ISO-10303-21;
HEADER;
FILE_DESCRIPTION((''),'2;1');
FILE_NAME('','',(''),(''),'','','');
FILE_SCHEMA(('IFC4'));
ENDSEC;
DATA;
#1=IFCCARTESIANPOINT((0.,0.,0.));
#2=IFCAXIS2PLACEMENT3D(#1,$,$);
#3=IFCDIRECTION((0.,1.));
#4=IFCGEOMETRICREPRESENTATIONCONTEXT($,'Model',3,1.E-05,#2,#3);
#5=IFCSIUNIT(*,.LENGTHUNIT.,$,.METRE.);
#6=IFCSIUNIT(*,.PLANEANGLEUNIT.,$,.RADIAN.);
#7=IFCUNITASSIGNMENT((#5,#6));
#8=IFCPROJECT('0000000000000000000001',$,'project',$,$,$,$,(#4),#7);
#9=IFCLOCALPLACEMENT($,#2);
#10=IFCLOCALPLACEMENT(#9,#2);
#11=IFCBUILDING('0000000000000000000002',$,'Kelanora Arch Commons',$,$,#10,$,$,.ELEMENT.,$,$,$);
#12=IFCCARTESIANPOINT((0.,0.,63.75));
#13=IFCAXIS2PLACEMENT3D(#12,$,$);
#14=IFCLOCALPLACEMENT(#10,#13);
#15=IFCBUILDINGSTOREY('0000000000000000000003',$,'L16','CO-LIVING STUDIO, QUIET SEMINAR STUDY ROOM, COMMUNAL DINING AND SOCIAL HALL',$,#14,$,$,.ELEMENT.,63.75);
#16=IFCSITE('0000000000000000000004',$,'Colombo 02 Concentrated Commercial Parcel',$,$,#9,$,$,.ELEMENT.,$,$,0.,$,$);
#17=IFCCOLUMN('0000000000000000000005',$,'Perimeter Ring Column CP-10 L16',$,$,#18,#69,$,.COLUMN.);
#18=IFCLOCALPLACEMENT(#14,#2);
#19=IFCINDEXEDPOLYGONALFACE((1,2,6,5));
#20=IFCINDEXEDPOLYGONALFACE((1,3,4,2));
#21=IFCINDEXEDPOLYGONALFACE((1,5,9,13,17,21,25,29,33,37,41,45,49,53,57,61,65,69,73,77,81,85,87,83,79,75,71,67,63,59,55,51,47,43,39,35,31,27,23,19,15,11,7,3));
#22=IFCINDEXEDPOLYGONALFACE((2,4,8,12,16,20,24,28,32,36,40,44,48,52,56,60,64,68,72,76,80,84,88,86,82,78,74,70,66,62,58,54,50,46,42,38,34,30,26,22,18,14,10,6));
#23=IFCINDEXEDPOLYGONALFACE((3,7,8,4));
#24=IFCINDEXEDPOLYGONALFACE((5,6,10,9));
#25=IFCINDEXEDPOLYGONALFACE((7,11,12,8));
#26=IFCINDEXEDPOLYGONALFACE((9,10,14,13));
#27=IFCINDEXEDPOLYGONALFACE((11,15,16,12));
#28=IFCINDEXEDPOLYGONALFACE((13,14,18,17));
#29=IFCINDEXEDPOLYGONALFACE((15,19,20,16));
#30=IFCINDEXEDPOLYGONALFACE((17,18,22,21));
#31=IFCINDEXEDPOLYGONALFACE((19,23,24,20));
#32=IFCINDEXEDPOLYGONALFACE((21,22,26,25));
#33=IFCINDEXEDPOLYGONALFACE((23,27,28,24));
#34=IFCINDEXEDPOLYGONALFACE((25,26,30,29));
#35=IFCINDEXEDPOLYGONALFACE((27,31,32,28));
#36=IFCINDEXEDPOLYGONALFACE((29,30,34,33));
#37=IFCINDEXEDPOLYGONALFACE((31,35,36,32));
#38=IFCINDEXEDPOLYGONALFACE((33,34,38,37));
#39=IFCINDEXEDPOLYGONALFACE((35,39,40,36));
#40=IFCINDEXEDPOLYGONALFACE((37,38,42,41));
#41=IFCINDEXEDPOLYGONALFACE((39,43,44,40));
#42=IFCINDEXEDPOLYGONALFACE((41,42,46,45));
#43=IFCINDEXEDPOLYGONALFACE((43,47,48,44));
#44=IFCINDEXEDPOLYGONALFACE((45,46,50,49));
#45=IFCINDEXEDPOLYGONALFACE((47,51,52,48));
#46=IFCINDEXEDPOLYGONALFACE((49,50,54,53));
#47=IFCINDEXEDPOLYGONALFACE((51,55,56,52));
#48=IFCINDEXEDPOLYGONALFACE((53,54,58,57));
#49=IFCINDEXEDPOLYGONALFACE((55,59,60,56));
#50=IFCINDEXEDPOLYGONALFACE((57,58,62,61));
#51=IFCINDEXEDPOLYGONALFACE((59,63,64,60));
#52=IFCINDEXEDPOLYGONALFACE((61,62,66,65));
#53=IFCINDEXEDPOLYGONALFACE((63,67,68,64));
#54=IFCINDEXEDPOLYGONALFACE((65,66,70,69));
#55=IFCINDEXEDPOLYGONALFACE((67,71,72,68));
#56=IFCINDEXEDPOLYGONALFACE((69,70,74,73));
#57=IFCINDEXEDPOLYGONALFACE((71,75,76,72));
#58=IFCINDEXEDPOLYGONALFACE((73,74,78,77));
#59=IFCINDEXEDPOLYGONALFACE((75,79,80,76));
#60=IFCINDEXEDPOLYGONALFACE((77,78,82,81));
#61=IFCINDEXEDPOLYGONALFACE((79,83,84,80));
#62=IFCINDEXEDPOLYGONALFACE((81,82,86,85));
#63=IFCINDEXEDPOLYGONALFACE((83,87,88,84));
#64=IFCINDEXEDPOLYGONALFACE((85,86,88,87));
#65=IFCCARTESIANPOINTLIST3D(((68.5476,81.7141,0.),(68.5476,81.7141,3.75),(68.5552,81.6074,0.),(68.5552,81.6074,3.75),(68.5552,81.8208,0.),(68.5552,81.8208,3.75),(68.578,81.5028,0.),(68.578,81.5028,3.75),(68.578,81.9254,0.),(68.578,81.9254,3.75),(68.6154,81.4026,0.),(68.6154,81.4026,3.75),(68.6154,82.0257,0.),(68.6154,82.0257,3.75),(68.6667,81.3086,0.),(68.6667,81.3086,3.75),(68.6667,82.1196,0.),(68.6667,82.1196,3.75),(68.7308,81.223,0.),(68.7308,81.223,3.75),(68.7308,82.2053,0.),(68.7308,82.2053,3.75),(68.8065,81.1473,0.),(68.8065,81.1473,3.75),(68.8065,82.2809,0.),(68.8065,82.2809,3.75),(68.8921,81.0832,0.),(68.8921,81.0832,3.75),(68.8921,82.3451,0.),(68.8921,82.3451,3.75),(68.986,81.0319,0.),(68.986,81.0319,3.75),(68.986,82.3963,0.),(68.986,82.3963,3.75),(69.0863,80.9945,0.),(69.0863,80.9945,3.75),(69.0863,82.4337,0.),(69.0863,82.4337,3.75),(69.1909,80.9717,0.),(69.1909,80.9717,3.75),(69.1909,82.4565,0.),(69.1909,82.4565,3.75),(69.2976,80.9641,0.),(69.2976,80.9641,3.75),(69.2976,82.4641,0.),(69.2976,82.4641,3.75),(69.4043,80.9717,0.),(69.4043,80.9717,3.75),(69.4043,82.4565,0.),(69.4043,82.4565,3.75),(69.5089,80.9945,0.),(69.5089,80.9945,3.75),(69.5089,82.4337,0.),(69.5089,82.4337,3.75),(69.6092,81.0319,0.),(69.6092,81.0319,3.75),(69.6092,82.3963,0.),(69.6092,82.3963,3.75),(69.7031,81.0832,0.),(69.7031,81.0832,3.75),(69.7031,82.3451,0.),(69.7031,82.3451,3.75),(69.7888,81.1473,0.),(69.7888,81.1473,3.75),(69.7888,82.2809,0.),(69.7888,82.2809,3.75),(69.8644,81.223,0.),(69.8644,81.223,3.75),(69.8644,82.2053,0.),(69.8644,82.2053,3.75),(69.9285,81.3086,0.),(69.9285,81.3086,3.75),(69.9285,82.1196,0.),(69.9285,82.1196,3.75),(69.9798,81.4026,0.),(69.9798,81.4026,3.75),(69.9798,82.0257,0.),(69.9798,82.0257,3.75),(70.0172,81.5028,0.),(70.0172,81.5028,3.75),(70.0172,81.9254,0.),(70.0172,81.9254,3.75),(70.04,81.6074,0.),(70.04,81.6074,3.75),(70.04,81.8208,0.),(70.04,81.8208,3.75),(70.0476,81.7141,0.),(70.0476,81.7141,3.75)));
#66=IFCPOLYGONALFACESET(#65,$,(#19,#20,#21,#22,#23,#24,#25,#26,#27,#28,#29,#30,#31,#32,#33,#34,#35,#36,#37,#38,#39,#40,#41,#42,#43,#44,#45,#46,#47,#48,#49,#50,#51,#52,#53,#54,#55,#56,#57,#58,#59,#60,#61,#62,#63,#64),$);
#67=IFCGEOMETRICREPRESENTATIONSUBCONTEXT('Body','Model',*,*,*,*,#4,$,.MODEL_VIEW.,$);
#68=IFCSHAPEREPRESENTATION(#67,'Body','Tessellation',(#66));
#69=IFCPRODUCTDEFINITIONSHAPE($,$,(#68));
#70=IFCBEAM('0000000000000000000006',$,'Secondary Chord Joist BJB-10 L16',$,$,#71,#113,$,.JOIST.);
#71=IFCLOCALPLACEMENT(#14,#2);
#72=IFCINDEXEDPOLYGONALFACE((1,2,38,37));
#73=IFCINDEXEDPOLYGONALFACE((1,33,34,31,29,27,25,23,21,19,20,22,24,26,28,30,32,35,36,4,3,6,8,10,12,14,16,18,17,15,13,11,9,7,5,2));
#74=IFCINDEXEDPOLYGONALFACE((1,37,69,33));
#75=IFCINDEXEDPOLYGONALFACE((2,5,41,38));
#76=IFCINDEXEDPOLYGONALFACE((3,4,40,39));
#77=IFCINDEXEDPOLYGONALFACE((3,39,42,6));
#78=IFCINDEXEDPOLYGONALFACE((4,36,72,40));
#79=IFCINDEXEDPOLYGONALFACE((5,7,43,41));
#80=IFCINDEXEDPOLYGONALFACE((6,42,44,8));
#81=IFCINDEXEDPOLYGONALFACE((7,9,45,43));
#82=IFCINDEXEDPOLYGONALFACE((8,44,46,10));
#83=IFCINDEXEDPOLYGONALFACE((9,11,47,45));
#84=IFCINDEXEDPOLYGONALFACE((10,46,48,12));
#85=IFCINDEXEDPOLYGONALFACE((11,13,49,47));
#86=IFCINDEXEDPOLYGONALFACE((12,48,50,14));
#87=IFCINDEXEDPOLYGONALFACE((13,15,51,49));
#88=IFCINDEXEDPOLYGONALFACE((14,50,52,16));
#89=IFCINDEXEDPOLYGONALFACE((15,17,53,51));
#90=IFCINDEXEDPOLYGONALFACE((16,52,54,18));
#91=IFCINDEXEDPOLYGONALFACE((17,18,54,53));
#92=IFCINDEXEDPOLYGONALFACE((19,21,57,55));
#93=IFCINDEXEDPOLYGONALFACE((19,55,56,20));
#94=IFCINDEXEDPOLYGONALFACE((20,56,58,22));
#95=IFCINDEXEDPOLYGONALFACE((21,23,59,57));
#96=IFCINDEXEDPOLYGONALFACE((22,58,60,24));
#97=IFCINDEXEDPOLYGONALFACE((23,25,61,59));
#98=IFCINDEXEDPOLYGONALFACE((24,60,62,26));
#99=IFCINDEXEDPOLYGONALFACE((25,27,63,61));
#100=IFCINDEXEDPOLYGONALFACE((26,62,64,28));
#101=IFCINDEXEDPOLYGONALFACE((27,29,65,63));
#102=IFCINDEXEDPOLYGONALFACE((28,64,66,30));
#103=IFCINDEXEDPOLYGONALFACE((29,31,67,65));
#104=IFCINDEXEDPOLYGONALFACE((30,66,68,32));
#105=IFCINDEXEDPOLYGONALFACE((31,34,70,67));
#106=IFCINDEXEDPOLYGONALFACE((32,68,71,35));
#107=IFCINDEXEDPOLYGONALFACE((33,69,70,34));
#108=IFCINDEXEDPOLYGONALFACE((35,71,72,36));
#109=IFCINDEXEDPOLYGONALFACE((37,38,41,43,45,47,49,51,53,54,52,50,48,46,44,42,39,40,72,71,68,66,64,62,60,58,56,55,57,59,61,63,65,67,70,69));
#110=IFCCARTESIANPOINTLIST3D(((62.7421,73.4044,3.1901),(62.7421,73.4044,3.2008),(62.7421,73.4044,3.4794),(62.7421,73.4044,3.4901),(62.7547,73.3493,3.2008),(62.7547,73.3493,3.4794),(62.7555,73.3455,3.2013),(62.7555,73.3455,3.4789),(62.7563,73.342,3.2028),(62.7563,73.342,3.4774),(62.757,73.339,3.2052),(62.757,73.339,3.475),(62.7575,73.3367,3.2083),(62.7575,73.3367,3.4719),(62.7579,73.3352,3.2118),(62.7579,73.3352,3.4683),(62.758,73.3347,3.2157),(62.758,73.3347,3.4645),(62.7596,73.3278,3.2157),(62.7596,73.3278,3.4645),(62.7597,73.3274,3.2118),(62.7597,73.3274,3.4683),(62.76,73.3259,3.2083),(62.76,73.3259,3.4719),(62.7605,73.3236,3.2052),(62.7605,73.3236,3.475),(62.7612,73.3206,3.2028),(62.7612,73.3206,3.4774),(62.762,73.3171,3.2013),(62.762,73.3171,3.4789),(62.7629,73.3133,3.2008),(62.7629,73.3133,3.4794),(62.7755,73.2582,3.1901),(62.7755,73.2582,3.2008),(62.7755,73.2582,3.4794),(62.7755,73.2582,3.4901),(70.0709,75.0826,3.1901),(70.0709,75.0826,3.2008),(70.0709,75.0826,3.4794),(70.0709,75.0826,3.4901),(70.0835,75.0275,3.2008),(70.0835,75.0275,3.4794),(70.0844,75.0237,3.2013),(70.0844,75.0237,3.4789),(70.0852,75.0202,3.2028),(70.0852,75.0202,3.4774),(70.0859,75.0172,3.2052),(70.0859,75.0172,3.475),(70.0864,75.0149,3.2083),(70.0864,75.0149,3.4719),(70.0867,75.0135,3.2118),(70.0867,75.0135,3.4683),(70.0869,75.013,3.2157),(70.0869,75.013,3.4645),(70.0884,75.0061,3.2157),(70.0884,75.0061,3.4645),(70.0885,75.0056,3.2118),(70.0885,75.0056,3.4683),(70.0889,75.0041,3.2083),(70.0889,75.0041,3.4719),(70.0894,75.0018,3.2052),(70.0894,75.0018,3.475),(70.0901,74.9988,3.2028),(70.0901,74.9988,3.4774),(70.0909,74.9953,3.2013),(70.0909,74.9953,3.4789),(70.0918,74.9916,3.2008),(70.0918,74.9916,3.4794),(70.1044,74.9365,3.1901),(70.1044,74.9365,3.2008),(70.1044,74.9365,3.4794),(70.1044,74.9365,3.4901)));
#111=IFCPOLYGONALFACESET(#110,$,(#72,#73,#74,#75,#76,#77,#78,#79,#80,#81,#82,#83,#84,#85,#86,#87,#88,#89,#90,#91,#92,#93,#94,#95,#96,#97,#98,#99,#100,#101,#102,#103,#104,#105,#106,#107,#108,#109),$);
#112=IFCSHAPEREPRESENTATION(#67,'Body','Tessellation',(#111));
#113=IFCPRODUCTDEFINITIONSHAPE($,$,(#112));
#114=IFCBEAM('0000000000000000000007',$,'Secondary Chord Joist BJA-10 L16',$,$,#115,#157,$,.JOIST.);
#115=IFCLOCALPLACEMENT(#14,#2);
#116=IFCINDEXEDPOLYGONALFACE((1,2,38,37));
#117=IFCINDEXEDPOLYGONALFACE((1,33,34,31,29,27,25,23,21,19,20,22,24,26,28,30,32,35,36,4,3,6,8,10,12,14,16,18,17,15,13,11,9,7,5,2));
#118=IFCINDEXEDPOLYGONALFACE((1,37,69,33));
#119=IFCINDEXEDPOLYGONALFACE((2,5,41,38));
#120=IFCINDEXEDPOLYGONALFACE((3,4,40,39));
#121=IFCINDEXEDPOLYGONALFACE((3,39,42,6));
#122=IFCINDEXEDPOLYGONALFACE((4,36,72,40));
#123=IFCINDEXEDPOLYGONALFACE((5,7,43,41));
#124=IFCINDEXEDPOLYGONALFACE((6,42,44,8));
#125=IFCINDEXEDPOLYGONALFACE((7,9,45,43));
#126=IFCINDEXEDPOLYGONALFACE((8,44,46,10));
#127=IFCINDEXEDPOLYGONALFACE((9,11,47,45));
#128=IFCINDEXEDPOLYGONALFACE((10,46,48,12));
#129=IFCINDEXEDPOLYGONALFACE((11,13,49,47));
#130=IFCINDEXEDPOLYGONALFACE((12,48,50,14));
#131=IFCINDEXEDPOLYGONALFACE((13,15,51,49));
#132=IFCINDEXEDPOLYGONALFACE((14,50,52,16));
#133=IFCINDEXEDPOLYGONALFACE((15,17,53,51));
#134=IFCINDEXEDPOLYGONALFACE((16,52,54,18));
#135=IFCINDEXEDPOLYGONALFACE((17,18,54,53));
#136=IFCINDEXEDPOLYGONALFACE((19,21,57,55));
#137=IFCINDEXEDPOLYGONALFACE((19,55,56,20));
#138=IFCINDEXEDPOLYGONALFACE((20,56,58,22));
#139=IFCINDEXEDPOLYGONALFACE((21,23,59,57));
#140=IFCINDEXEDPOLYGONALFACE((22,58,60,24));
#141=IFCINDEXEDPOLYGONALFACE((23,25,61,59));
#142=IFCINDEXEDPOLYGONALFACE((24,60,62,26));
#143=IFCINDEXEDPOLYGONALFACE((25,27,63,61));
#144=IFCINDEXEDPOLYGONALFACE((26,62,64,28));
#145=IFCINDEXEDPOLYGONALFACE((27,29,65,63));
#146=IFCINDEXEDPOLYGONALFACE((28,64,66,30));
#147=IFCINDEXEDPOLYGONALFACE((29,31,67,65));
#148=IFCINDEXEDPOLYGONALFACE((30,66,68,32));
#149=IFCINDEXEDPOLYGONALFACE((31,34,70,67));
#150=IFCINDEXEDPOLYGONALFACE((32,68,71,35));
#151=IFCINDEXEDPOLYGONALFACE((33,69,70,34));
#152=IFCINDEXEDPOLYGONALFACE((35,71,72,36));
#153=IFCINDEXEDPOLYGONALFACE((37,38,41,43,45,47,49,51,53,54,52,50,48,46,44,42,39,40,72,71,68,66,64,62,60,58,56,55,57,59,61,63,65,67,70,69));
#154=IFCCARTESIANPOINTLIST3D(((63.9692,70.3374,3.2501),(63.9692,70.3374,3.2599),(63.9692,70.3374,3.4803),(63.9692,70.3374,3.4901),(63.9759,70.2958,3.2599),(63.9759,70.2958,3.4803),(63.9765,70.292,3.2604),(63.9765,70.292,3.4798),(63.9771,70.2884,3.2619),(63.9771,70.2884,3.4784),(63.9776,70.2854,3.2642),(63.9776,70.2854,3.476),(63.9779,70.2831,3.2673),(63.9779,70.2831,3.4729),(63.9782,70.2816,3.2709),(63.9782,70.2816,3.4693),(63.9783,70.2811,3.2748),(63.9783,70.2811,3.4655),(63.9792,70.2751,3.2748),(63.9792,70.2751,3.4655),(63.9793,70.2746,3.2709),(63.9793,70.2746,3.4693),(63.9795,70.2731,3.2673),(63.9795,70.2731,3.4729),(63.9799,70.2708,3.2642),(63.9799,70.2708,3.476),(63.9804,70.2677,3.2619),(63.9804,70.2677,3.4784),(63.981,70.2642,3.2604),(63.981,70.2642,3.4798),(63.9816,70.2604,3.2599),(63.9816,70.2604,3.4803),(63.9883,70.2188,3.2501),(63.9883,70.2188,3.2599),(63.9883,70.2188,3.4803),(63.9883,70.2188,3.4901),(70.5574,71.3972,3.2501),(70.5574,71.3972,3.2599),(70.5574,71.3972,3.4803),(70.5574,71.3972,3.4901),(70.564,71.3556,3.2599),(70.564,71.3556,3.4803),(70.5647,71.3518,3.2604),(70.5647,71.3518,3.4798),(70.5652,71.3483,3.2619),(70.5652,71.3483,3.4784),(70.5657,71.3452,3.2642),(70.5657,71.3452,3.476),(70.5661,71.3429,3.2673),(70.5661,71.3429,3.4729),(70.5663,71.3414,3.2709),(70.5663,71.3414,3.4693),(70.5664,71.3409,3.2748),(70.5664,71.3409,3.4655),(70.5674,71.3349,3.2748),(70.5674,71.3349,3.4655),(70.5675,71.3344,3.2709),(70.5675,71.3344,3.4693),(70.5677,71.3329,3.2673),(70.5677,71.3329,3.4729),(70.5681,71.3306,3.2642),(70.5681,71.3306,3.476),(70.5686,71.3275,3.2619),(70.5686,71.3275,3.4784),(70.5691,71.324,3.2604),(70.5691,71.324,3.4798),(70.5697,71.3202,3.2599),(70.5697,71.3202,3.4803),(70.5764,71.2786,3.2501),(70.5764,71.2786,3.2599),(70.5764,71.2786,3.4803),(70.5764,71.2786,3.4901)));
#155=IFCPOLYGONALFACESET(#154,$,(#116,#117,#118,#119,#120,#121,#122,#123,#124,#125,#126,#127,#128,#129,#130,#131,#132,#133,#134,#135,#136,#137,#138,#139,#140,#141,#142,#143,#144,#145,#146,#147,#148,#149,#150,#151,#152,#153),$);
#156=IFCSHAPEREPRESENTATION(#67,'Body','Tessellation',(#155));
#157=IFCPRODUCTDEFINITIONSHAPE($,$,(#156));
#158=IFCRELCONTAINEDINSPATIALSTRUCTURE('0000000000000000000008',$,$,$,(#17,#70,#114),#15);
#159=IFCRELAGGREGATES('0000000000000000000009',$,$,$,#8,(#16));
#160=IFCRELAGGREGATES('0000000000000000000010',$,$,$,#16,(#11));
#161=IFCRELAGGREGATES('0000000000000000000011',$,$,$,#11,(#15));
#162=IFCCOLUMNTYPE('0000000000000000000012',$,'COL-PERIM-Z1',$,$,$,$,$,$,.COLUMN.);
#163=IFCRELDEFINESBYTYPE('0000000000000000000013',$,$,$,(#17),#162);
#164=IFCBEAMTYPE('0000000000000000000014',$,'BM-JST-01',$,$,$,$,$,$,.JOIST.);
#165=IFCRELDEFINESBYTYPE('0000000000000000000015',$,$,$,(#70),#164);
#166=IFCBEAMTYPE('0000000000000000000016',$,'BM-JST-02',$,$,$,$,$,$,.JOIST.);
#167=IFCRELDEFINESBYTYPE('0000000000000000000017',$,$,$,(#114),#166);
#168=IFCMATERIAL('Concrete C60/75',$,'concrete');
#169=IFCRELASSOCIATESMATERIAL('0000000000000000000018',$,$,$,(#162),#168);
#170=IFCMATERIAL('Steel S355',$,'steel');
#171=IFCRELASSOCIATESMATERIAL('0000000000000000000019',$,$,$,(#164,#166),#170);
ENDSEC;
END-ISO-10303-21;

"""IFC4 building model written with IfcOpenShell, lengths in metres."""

from ifc_helpers import new_model, si_unit, direction, frame, origin, origin_2d, place, context, subcontext, project, spatial, circle, i_section, extrude, material, material_profile, profile_set, type_object, element, save


model = new_model("IFC4")

# Units and contexts
model_context = context("Model", 3, precision=1e-05, world=origin(), true_north=direction((0.0, 1.0)))
body_context = subcontext(model_context, "Body", "Model", "MODEL_VIEW")
ifc_project = project(units=[si_unit("LENGTHUNIT", "METRE"), si_unit("PLANEANGLEUNIT", "RADIAN")], contexts=[model_context])

# Site, building, storey
site_placement = place(None, origin())
site = spatial("IfcSite", under=ifc_project, at=site_placement, Name="Colombo 02 Concentrated Commercial Parcel", CompositionType="ELEMENT", RefElevation=0.0)
building_placement = place(site_placement, origin())
building = spatial("IfcBuilding", under=site, at=building_placement, Name="Kelanora Arch Commons", CompositionType="ELEMENT")
storey_placement = place(building_placement, frame((0.0, 0.0, 63.75)))
storey = spatial("IfcBuildingStorey", under=building, at=storey_placement, Name="L16", Description="CO-LIVING STUDIO, QUIET SEMINAR STUDY ROOM, COMMUNAL DINING AND SOCIAL HALL", CompositionType="ELEMENT", Elevation=63.75)

# Column
ifc_material_1 = material(Name="Concrete C60/75", Category="concrete")
ifc_material_profile_1 = material_profile(ifc_material_1, circle(Radius=0.75, at=origin_2d()), Name="RCC1500")
ifc_profile_set_1 = profile_set([ifc_material_profile_1], Name="Concrete C60/75")
column_type = type_object("IfcColumnType", Name="COL-PERIM-Z1", PredefinedType="COLUMN", material=ifc_profile_set_1)
column_placement = place(storey_placement, frame((69.2976, 81.7141, 0.0), z_axis=(0.0, 0.0, 1.0), x_axis=(1.0, 0.0, 0.0)))
element("IfcColumn", 1, at=column_placement, inside=storey, type_object=column_type, Name="Perimeter Ring Column CP-10 L16", PredefinedType="COLUMN", context=body_context, shape_type="SweptSolid", body=[
    extrude(circle(Radius=0.75, at=origin_2d()), origin(), (0.0, 0.0, 1.0), 3.75),
])

# Beams
ifc_material_2 = material(Name="Steel S355", Category="steel")
ifc_material_profile_2 = material_profile(ifc_material_2, i_section(OverallWidth=0.1499, OverallDepth=0.3, WebThickness=0.0071, FlangeThickness=0.0107, FilletRadius=0.0149, at=origin_2d()), Name="IPE300")
ifc_profile_set_2 = profile_set([ifc_material_profile_2], Name="Steel S355")
beam_type_1 = type_object("IfcBeamType", Name="BM-JST-01", PredefinedType="JOIST", material=ifc_profile_set_2)
beam_1_placement = place(storey_placement, frame((70.0876, 75.0095, 3.3401), z_axis=(-0.97477, -0.223211, 0.0), x_axis=(0.223211, -0.97477, 0.0)))
element("IfcBeam", 2, at=beam_1_placement, inside=storey, type_object=beam_type_1, Name="Secondary Chord Joist BJB-10 L16", PredefinedType="JOIST", context=body_context, shape_type="SweptSolid", body=[
    extrude(i_section(OverallWidth=0.1499, OverallDepth=0.3, WebThickness=0.0071, FlangeThickness=0.0107, FilletRadius=0.0149, at=origin_2d()), origin(), (0.0, 0.0, 1.0), 7.5186),
])
ifc_material_profile_3 = material_profile(ifc_material_2, i_section(OverallWidth=0.1201, OverallDepth=0.24, WebThickness=0.0061, FlangeThickness=0.0098, FilletRadius=0.0149, at=origin_2d()), Name="IPE240")
ifc_profile_set_3 = profile_set([ifc_material_profile_3], Name="Steel S355")
beam_type_2 = type_object("IfcBeamType", Name="BM-JST-02", PredefinedType="JOIST", material=ifc_profile_set_3)
beam_2_placement = place(storey_placement, frame((70.5669, 71.3379, 3.3701), z_axis=(-0.987307, -0.158825, 0.0), x_axis=(0.158825, -0.987307, 0.0)))
element("IfcBeam", 3, at=beam_2_placement, inside=storey, type_object=beam_type_2, Name="Secondary Chord Joist BJA-10 L16", PredefinedType="JOIST", context=body_context, shape_type="SweptSolid", body=[
    extrude(i_section(OverallWidth=0.1201, OverallDepth=0.24, WebThickness=0.0061, FlangeThickness=0.0098, FilletRadius=0.0149, at=origin_2d()), origin(), (0.0, 0.0, 1.0), 6.6729),
])

save(model, "model.ifc")
